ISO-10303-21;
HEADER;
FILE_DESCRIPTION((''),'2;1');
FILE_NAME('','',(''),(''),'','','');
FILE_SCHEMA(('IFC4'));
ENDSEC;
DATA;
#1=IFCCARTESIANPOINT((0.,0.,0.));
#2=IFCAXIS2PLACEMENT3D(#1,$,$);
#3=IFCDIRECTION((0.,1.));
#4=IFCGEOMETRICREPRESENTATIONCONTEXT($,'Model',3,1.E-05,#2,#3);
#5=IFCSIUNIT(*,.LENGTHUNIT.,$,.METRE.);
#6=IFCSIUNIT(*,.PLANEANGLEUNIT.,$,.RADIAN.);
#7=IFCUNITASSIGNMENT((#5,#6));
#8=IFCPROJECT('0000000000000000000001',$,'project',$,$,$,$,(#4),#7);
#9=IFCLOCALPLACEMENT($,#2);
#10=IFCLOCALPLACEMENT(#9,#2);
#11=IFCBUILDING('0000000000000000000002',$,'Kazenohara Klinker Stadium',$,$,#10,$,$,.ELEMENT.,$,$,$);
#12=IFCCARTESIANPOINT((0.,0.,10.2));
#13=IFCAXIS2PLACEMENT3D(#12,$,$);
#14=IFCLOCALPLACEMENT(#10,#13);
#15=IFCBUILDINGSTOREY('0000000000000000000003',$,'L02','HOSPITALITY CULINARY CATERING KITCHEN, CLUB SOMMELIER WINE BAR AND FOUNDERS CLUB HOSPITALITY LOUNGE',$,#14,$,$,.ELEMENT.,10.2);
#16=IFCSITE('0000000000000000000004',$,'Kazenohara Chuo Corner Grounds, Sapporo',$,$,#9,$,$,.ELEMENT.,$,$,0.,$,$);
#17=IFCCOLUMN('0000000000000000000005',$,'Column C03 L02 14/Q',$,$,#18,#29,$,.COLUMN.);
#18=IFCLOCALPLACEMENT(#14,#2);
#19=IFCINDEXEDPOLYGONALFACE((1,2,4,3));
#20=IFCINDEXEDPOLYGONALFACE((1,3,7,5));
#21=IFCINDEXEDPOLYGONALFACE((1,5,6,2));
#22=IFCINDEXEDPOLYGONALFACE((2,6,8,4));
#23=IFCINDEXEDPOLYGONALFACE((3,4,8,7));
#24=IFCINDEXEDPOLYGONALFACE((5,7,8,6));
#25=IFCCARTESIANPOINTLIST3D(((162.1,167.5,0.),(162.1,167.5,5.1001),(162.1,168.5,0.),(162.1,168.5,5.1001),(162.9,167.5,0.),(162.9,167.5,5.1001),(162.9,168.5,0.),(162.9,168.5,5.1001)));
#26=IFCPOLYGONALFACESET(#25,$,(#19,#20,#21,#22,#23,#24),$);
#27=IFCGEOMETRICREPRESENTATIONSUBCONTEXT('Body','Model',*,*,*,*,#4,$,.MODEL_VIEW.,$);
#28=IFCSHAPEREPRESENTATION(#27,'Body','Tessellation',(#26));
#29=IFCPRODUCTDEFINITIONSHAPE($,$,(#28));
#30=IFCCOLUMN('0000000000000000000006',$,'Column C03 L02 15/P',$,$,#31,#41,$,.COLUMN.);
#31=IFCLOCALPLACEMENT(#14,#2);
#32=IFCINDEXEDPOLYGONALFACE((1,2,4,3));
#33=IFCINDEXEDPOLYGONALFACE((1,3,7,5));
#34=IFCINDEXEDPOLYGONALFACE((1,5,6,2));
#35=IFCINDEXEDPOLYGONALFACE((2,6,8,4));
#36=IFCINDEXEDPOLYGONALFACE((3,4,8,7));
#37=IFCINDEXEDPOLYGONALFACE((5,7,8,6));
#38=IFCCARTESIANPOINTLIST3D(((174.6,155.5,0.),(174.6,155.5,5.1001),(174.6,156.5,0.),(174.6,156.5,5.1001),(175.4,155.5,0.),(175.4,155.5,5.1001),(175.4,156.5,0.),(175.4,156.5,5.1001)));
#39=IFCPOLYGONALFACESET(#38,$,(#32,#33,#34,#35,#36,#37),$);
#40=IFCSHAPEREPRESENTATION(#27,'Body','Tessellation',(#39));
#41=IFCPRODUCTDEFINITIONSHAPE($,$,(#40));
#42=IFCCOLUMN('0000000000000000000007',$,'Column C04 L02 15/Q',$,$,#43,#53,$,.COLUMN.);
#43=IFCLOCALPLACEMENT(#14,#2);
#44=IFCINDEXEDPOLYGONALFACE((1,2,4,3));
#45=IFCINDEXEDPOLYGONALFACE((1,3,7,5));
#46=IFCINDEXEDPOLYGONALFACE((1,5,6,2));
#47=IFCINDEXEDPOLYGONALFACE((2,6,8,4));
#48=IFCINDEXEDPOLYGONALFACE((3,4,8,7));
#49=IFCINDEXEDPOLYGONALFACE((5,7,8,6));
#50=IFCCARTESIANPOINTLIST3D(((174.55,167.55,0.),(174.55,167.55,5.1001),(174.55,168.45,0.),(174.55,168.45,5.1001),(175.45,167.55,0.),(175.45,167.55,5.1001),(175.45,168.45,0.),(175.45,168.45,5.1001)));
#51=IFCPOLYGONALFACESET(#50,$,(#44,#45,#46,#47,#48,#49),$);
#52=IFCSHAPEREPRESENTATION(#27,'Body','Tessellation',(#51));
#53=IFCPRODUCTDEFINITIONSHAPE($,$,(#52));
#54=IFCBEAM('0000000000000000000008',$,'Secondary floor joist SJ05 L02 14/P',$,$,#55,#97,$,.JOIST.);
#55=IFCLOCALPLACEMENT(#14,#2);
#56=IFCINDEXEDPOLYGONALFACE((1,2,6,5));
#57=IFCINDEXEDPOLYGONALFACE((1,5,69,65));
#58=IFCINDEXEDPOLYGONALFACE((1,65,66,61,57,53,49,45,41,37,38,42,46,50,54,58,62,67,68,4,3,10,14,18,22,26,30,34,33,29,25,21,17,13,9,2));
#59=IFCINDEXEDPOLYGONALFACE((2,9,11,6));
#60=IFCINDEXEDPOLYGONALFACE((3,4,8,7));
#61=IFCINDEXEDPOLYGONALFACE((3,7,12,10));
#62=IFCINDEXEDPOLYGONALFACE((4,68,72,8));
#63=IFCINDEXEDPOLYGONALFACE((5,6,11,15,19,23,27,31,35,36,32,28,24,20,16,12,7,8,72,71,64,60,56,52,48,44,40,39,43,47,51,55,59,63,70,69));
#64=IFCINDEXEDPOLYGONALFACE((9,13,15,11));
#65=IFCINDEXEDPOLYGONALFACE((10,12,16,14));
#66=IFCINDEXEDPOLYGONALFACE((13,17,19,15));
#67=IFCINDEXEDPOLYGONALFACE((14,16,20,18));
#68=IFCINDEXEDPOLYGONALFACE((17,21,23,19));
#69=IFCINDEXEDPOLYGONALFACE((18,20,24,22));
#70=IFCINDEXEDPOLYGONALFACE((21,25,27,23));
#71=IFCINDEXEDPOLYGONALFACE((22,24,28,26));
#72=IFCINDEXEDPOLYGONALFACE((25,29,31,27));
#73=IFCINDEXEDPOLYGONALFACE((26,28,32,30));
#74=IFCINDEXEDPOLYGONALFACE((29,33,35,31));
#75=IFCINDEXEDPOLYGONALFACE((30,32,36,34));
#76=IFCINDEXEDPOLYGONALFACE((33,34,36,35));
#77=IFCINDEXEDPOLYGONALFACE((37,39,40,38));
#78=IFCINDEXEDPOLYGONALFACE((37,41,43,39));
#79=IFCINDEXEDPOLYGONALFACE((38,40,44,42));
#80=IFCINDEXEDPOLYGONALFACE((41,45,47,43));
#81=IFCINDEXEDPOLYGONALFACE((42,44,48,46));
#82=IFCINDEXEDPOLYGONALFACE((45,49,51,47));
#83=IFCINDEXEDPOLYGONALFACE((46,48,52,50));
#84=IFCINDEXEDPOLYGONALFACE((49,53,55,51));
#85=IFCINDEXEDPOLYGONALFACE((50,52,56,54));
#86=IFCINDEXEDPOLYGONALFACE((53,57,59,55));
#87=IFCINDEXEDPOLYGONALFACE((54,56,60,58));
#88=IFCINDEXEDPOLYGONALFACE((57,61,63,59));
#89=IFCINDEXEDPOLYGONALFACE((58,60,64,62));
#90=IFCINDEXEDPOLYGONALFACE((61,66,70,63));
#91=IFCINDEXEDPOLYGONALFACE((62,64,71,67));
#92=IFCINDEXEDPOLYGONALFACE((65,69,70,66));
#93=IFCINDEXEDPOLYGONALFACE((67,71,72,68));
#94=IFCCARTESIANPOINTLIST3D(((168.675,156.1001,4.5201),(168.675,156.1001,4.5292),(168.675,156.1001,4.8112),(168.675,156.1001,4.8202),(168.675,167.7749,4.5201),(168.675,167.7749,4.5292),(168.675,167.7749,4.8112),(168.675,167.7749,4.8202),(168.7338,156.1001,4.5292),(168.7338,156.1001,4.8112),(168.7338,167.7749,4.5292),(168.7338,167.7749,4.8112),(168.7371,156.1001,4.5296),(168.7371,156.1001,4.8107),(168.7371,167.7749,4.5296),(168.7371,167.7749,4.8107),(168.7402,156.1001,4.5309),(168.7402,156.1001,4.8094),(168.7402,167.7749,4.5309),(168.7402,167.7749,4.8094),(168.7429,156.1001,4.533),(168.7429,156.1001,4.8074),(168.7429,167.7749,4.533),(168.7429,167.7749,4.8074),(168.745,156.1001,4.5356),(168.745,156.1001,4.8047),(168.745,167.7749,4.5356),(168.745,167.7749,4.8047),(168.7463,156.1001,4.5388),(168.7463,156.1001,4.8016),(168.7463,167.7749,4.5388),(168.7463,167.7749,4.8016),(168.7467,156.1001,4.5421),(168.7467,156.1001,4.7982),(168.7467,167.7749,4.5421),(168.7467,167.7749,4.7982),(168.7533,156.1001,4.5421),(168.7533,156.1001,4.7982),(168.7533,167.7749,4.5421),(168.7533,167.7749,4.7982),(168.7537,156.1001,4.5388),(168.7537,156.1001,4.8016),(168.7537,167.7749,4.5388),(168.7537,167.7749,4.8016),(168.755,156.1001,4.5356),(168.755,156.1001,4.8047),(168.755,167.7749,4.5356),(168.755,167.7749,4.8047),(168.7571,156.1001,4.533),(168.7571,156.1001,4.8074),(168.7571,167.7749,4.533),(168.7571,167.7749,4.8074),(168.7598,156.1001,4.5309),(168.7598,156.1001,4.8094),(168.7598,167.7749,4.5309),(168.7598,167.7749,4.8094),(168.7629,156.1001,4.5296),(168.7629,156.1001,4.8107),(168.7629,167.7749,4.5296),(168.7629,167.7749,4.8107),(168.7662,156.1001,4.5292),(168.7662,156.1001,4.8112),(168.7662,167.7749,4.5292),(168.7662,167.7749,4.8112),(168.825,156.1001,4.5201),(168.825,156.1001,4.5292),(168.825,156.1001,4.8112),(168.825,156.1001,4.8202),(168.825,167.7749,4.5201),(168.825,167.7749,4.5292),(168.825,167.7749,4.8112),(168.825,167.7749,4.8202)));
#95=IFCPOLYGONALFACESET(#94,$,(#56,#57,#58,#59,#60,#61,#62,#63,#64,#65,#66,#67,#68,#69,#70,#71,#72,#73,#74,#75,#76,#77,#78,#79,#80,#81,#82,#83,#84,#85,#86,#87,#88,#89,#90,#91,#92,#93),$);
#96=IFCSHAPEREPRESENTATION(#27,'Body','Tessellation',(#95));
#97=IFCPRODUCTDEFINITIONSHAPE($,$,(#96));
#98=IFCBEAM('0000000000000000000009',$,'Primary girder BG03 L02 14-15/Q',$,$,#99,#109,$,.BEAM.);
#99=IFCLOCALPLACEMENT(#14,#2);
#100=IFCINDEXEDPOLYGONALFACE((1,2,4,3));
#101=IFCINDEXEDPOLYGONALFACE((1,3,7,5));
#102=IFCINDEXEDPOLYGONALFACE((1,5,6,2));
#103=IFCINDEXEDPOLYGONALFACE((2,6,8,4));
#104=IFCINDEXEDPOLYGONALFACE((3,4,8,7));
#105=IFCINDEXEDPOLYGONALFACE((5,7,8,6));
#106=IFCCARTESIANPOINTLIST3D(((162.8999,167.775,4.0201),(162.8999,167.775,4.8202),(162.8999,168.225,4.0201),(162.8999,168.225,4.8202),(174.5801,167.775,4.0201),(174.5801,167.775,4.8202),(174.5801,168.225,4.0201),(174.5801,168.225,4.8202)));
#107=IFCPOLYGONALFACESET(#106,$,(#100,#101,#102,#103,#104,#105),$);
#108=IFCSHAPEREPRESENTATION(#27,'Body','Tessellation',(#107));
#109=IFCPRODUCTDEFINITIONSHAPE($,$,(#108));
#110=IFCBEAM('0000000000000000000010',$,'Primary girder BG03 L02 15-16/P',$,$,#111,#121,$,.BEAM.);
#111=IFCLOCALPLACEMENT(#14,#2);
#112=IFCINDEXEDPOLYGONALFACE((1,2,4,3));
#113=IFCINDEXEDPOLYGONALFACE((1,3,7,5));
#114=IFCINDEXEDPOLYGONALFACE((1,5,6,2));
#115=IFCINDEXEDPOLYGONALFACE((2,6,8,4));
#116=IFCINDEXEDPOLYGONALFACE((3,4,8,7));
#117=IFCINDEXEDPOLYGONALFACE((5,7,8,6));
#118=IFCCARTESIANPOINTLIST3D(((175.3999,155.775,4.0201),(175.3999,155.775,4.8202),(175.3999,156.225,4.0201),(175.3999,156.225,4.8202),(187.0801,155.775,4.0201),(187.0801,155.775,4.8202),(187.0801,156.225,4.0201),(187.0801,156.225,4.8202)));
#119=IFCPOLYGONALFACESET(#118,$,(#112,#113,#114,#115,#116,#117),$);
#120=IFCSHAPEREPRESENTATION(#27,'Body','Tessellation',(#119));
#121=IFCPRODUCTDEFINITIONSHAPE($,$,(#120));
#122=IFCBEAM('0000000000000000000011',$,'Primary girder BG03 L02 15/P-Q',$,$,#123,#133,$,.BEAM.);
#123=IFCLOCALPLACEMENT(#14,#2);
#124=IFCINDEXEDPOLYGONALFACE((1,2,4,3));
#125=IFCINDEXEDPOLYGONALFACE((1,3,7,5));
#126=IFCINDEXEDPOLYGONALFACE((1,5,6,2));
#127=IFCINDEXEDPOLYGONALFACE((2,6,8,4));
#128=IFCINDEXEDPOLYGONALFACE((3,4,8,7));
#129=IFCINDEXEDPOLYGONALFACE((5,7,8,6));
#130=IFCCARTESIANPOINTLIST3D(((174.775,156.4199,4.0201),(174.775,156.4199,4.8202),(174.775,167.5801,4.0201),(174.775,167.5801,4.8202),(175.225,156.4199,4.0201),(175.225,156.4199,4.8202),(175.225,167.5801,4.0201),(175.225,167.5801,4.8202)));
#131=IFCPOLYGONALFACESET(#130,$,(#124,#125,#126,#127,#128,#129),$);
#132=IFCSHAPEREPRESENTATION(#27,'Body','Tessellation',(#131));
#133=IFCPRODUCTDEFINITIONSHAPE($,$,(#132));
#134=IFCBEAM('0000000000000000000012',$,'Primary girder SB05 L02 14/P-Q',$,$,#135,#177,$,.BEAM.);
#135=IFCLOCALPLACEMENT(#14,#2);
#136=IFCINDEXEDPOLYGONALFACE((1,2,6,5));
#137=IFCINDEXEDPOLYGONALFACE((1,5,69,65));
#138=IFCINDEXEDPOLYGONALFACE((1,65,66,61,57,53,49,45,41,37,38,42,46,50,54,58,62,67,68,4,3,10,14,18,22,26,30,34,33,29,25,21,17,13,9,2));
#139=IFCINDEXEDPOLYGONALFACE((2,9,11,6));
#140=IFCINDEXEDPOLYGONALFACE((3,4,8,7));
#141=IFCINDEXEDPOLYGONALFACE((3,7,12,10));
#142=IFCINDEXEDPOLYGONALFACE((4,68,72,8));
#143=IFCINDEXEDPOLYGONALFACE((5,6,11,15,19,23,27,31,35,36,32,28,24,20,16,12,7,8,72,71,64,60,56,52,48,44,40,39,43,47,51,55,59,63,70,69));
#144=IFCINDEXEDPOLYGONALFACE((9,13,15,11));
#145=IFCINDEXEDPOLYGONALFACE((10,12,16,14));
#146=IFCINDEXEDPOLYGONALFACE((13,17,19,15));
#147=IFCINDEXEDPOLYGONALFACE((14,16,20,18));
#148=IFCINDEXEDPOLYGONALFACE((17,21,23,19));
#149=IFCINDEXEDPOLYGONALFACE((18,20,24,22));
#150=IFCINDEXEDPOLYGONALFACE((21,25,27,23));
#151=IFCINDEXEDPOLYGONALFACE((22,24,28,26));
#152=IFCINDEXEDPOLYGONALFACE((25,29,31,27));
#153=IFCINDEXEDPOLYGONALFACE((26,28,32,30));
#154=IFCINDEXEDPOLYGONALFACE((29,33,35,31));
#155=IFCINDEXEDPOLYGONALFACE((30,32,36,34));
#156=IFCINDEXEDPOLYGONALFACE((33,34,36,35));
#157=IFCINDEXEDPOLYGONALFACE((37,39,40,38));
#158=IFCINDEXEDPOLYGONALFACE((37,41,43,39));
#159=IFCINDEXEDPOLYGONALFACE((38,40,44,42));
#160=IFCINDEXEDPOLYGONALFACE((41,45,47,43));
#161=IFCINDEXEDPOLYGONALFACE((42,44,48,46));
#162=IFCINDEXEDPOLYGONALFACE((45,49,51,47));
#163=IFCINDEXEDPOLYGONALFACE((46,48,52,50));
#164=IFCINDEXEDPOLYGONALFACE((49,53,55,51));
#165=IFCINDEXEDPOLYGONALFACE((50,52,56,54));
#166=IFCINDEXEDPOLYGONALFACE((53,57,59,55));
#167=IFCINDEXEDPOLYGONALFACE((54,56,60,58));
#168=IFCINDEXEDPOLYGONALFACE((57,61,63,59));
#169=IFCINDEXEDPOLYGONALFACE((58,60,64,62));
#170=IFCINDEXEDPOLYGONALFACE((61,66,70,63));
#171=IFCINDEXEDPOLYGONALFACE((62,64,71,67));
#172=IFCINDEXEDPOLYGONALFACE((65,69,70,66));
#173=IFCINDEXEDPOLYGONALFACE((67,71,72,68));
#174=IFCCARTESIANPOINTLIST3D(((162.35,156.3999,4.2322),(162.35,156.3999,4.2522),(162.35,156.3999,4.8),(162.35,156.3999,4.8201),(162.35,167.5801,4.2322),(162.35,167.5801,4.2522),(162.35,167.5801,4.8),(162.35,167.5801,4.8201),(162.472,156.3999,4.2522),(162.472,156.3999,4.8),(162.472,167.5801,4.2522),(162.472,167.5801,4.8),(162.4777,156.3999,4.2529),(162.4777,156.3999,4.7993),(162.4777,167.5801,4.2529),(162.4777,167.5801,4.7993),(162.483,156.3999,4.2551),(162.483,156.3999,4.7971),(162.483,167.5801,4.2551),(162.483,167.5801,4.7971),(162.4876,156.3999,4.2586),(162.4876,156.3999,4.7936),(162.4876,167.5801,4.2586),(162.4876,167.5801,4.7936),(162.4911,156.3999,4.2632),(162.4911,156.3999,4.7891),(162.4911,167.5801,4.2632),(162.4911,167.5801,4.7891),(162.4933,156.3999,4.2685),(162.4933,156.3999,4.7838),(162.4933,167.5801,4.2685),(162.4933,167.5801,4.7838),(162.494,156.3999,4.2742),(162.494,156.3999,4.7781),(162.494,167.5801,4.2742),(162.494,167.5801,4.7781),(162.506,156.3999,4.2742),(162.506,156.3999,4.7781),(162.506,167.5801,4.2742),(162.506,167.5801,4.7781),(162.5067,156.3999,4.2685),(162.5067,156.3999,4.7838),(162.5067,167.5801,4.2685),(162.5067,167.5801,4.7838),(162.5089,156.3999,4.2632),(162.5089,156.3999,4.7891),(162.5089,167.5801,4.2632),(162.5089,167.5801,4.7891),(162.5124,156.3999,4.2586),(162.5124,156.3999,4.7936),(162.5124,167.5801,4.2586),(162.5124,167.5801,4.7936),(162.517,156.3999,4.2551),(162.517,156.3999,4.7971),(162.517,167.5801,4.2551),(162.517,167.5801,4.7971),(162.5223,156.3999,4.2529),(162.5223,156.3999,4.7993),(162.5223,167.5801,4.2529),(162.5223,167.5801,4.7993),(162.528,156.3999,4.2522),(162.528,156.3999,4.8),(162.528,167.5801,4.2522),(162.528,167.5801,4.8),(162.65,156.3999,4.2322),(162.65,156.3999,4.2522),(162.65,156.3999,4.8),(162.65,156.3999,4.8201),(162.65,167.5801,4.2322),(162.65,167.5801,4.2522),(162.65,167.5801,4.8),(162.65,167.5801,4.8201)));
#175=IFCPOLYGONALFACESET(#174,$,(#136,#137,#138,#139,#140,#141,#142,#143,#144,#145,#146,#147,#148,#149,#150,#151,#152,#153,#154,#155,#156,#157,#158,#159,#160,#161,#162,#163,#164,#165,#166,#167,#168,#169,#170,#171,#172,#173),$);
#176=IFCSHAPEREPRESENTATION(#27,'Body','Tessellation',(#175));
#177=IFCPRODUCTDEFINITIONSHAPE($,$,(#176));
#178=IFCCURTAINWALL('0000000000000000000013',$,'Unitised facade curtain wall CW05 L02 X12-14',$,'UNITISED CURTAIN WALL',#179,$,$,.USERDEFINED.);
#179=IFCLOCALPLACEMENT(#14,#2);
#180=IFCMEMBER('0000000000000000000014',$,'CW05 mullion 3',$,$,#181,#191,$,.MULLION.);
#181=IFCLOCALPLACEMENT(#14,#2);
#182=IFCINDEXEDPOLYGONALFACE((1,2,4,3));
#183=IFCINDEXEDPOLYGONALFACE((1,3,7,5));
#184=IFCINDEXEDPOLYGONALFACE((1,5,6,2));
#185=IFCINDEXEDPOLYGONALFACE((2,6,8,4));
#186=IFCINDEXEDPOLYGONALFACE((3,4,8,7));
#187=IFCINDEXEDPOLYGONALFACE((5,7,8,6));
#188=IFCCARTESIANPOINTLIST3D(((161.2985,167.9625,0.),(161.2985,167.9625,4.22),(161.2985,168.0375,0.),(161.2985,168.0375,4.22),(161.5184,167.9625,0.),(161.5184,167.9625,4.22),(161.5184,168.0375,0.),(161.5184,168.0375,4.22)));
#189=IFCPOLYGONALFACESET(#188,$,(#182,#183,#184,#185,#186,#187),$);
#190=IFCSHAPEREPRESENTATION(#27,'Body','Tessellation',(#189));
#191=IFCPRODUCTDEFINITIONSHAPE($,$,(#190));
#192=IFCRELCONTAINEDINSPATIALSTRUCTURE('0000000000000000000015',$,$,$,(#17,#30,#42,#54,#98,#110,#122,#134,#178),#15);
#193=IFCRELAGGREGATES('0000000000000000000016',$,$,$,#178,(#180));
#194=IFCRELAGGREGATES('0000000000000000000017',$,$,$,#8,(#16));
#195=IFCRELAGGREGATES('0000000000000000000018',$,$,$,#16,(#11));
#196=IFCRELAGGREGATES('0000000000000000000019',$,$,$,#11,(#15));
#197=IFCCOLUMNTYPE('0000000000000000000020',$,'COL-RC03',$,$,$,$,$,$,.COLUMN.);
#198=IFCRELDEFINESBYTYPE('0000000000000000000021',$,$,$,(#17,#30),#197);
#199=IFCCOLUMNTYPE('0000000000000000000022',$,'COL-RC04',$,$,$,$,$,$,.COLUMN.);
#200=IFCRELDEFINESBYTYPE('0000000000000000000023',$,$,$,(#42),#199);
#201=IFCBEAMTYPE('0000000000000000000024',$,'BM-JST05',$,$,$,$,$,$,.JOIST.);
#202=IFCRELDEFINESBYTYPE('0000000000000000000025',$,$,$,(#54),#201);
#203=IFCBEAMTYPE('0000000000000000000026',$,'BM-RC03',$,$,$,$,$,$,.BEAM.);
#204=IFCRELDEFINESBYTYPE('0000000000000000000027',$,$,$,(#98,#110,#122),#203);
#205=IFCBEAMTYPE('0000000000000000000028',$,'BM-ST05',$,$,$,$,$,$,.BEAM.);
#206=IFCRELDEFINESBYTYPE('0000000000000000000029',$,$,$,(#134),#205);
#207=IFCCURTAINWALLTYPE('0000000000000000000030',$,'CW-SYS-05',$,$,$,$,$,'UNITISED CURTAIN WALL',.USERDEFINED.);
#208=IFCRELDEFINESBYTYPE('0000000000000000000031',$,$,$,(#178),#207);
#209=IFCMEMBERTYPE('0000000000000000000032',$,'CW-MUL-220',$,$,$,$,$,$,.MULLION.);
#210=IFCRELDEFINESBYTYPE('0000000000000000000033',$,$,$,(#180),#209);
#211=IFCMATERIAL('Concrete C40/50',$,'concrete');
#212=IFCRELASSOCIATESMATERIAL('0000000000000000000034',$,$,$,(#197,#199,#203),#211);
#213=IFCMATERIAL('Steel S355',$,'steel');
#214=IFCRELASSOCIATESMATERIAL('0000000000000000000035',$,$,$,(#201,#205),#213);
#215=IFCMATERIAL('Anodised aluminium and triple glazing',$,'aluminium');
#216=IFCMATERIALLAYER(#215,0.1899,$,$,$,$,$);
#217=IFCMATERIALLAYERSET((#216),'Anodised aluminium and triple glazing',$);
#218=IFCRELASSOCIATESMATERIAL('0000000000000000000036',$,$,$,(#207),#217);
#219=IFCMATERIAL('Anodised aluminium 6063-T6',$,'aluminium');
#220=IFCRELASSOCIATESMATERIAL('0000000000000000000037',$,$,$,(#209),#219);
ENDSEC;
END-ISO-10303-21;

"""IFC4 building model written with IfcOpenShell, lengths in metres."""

from ifc_helpers import new_model, si_unit, direction, frame, origin, origin_2d, place, context, subcontext, project, spatial, rectangle, i_section, extrude, material, layer, layer_set, material_profile, profile_set, type_object, element, aggregate, save


model = new_model("IFC4")

# Units and contexts
model_context = context("Model", 3, precision=1e-05, world=origin(), true_north=direction((0.0, 1.0)))
body_context = subcontext(model_context, "Body", "Model", "MODEL_VIEW")
ifc_project = project(units=[si_unit("LENGTHUNIT", "METRE"), si_unit("PLANEANGLEUNIT", "RADIAN")], contexts=[model_context])

# Site, building, storey
site_placement = place(None, origin())
site = spatial("IfcSite", under=ifc_project, at=site_placement, Name="Kazenohara Chuo Corner Grounds, Sapporo", CompositionType="ELEMENT", RefElevation=0.0)
building_placement = place(site_placement, origin())
building = spatial("IfcBuilding", under=site, at=building_placement, Name="Kazenohara Klinker Stadium", CompositionType="ELEMENT")
storey_placement = place(building_placement, frame((0.0, 0.0, 10.2)))
storey = spatial("IfcBuildingStorey", under=building, at=storey_placement, Name="L02", Description="HOSPITALITY CULINARY CATERING KITCHEN, CLUB SOMMELIER WINE BAR AND FOUNDERS CLUB HOSPITALITY LOUNGE", CompositionType="ELEMENT", Elevation=10.2)

# Columns
ifc_material_1 = material(Name="Concrete C40/50", Category="concrete")
ifc_material_profile_1 = material_profile(ifc_material_1, rectangle(XDim=0.8, YDim=1.0, at=origin_2d()), Name="RC-COL-1000x800")
ifc_profile_set_1 = profile_set([ifc_material_profile_1], Name="Concrete C40/50")
column_type_1 = type_object("IfcColumnType", Name="COL-RC03", PredefinedType="COLUMN", material=ifc_profile_set_1)
for number, where, z_axis, x_axis, name in (
    (1, (162.5, 168.0, 0.0), (0.0, 0.0, 1.0), (1.0, 0.0, 0.0), "Column C03 L02 14/Q"),
    (2, (175.0, 156.0, 0.0), (0.0, 0.0, 1.0), (1.0, 0.0, 0.0), "Column C03 L02 15/P"),
):
    element("IfcColumn", number, at=place(storey_placement, frame(where, z_axis=z_axis, x_axis=x_axis)), inside=storey, type_object=column_type_1, Name=name, PredefinedType="COLUMN", context=body_context, shape_type="SweptSolid", body=[
        extrude(rectangle(XDim=0.8, YDim=1.0, at=origin_2d()), origin(), (0.0, 0.0, 1.0), 5.1001),
    ])
ifc_material_profile_2 = material_profile(ifc_material_1, rectangle(XDim=0.8999, YDim=0.8999, at=origin_2d()), Name="RC-COL-900x900")
ifc_profile_set_2 = profile_set([ifc_material_profile_2], Name="Concrete C40/50")
column_type_2 = type_object("IfcColumnType", Name="COL-RC04", PredefinedType="COLUMN", material=ifc_profile_set_2)
column_placement = place(storey_placement, frame((175.0, 168.0, 0.0), z_axis=(0.0, 0.0, 1.0), x_axis=(1.0, 0.0, 0.0)))
element("IfcColumn", 3, at=column_placement, inside=storey, type_object=column_type_2, Name="Column C04 L02 15/Q", PredefinedType="COLUMN", context=body_context, shape_type="SweptSolid", body=[
    extrude(rectangle(XDim=0.8999, YDim=0.8999, at=origin_2d()), origin(), (0.0, 0.0, 1.0), 5.1001),
])

# Beams
ifc_material_2 = material(Name="Steel S355", Category="steel")
ifc_material_profile_3 = material_profile(ifc_material_2, i_section(OverallWidth=0.1499, OverallDepth=0.3, WebThickness=0.0066, FlangeThickness=0.009, FilletRadius=0.0129, at=origin_2d()), Name="H-300x150x6.5x9")
ifc_profile_set_3 = profile_set([ifc_material_profile_3], Name="Steel S355")
beam_type_1 = type_object("IfcBeamType", Name="BM-JST05", PredefinedType="JOIST", material=ifc_profile_set_3)
beam_1_placement = place(storey_placement, frame((168.75, 156.1001, 4.6702), z_axis=(0.0, 1.0, 0.0), x_axis=(-1.0, 0.0, 0.0)))
element("IfcBeam", 4, at=beam_1_placement, inside=storey, type_object=beam_type_1, Name="Secondary floor joist SJ05 L02 14/P", PredefinedType="JOIST", context=body_context, shape_type="SweptSolid", body=[
    extrude(i_section(OverallWidth=0.1499, OverallDepth=0.3, WebThickness=0.0066, FlangeThickness=0.009, FilletRadius=0.0129, at=origin_2d()), origin(), (0.0, 0.0, 1.0), 11.6748),
])
ifc_material_profile_4 = material_profile(ifc_material_1, rectangle(XDim=0.45, YDim=0.8, at=origin_2d()), Name="RC-BM-450x800")
ifc_profile_set_4 = profile_set([ifc_material_profile_4], Name="Concrete C40/50")
beam_type_2 = type_object("IfcBeamType", Name="BM-RC03", PredefinedType="BEAM", material=ifc_profile_set_4)
for number, where, z_axis, x_axis, name in (
    (5, (162.8999, 168.0, 4.4202), (1.0, 0.0, 0.0), (0.0, 1.0, 0.0), "Primary girder BG03 L02 14-15/Q"),
    (6, (175.3999, 156.0, 4.4202), (1.0, 0.0, 0.0), (0.0, 1.0, 0.0), "Primary girder BG03 L02 15-16/P"),
):
    element("IfcBeam", number, at=place(storey_placement, frame(where, z_axis=z_axis, x_axis=x_axis)), inside=storey, type_object=beam_type_2, Name=name, PredefinedType="BEAM", context=body_context, shape_type="SweptSolid", body=[
        extrude(rectangle(XDim=0.45, YDim=0.8, at=origin_2d()), origin(), (0.0, 0.0, 1.0), 11.6802),
    ])
beam_2_placement = place(storey_placement, frame((175.0, 156.4199, 4.4202), z_axis=(0.0, 1.0, 0.0), x_axis=(-1.0, 0.0, 0.0)))
element("IfcBeam", 7, at=beam_2_placement, inside=storey, type_object=beam_type_2, Name="Primary girder BG03 L02 15/P-Q", PredefinedType="BEAM", context=body_context, shape_type="SweptSolid", body=[
    extrude(rectangle(XDim=0.45, YDim=0.8, at=origin_2d()), origin(), (0.0, 0.0, 1.0), 11.1602),
])
ifc_material_profile_5 = material_profile(ifc_material_2, i_section(OverallWidth=0.3, OverallDepth=0.5879, WebThickness=0.012, FlangeThickness=0.02, FilletRadius=0.022, at=origin_2d()), Name="H-588x300x12x20")
ifc_profile_set_5 = profile_set([ifc_material_profile_5], Name="Steel S355")
beam_type_3 = type_object("IfcBeamType", Name="BM-ST05", PredefinedType="BEAM", material=ifc_profile_set_5)
beam_3_placement = place(storey_placement, frame((162.5, 156.3999, 4.5261), z_axis=(0.0, 1.0, 0.0), x_axis=(-1.0, 0.0, 0.0)))
element("IfcBeam", 8, at=beam_3_placement, inside=storey, type_object=beam_type_3, Name="Primary girder SB05 L02 14/P-Q", PredefinedType="BEAM", context=body_context, shape_type="SweptSolid", body=[
    extrude(i_section(OverallWidth=0.3, OverallDepth=0.5879, WebThickness=0.012, FlangeThickness=0.02, FilletRadius=0.022, at=origin_2d()), origin(), (0.0, 0.0, 1.0), 11.1802),
])

# Curtain wall, member
ifc_material_3 = material(Name="Anodised aluminium and triple glazing", Category="aluminium")
ifc_layer_1 = layer(ifc_material_3, 0.1899)
ifc_layer_set_1 = layer_set([ifc_layer_1], Name="Anodised aluminium and triple glazing")
curtain_wall_type_1 = type_object("IfcCurtainWallType", Name="CW-SYS-05", ElementType="UNITISED CURTAIN WALL", PredefinedType="USERDEFINED", material=ifc_layer_set_1)
curtain_wall_1_placement = place(storey_placement, origin())
curtain_wall_1 = element("IfcCurtainWall", 9, at=curtain_wall_1_placement, inside=storey, type_object=curtain_wall_type_1, Name="Unitised facade curtain wall CW05 L02 X12-14", ObjectType="UNITISED CURTAIN WALL", PredefinedType="USERDEFINED")
ifc_material_4 = material(Name="Anodised aluminium 6063-T6", Category="aluminium")
ifc_material_profile_6 = material_profile(ifc_material_4, rectangle(XDim=0.075, YDim=0.22, at=origin_2d()), Name="ALU-MUL-75x220")
ifc_profile_set_6 = profile_set([ifc_material_profile_6], Name="Anodised aluminium 6063-T6")
member_type_1 = type_object("IfcMemberType", Name="CW-MUL-220", PredefinedType="MULLION", material=ifc_profile_set_6)
member_1_placement = place(storey_placement, frame((161.4084, 168.0, 0.0), z_axis=(0.0, 0.0, 1.0), x_axis=(0.0, 1.0, 0.0)))
member_1 = element("IfcMember", 10, at=member_1_placement, type_object=member_type_1, Name="CW05 mullion 3", PredefinedType="MULLION", context=body_context, shape_type="SweptSolid", body=[
    extrude(rectangle(XDim=0.075, YDim=0.22, at=origin_2d()), origin(), (0.0, 0.0, 1.0), 4.22),
])

aggregate(curtain_wall_1, [member_1])

save(model, "model.ifc")
